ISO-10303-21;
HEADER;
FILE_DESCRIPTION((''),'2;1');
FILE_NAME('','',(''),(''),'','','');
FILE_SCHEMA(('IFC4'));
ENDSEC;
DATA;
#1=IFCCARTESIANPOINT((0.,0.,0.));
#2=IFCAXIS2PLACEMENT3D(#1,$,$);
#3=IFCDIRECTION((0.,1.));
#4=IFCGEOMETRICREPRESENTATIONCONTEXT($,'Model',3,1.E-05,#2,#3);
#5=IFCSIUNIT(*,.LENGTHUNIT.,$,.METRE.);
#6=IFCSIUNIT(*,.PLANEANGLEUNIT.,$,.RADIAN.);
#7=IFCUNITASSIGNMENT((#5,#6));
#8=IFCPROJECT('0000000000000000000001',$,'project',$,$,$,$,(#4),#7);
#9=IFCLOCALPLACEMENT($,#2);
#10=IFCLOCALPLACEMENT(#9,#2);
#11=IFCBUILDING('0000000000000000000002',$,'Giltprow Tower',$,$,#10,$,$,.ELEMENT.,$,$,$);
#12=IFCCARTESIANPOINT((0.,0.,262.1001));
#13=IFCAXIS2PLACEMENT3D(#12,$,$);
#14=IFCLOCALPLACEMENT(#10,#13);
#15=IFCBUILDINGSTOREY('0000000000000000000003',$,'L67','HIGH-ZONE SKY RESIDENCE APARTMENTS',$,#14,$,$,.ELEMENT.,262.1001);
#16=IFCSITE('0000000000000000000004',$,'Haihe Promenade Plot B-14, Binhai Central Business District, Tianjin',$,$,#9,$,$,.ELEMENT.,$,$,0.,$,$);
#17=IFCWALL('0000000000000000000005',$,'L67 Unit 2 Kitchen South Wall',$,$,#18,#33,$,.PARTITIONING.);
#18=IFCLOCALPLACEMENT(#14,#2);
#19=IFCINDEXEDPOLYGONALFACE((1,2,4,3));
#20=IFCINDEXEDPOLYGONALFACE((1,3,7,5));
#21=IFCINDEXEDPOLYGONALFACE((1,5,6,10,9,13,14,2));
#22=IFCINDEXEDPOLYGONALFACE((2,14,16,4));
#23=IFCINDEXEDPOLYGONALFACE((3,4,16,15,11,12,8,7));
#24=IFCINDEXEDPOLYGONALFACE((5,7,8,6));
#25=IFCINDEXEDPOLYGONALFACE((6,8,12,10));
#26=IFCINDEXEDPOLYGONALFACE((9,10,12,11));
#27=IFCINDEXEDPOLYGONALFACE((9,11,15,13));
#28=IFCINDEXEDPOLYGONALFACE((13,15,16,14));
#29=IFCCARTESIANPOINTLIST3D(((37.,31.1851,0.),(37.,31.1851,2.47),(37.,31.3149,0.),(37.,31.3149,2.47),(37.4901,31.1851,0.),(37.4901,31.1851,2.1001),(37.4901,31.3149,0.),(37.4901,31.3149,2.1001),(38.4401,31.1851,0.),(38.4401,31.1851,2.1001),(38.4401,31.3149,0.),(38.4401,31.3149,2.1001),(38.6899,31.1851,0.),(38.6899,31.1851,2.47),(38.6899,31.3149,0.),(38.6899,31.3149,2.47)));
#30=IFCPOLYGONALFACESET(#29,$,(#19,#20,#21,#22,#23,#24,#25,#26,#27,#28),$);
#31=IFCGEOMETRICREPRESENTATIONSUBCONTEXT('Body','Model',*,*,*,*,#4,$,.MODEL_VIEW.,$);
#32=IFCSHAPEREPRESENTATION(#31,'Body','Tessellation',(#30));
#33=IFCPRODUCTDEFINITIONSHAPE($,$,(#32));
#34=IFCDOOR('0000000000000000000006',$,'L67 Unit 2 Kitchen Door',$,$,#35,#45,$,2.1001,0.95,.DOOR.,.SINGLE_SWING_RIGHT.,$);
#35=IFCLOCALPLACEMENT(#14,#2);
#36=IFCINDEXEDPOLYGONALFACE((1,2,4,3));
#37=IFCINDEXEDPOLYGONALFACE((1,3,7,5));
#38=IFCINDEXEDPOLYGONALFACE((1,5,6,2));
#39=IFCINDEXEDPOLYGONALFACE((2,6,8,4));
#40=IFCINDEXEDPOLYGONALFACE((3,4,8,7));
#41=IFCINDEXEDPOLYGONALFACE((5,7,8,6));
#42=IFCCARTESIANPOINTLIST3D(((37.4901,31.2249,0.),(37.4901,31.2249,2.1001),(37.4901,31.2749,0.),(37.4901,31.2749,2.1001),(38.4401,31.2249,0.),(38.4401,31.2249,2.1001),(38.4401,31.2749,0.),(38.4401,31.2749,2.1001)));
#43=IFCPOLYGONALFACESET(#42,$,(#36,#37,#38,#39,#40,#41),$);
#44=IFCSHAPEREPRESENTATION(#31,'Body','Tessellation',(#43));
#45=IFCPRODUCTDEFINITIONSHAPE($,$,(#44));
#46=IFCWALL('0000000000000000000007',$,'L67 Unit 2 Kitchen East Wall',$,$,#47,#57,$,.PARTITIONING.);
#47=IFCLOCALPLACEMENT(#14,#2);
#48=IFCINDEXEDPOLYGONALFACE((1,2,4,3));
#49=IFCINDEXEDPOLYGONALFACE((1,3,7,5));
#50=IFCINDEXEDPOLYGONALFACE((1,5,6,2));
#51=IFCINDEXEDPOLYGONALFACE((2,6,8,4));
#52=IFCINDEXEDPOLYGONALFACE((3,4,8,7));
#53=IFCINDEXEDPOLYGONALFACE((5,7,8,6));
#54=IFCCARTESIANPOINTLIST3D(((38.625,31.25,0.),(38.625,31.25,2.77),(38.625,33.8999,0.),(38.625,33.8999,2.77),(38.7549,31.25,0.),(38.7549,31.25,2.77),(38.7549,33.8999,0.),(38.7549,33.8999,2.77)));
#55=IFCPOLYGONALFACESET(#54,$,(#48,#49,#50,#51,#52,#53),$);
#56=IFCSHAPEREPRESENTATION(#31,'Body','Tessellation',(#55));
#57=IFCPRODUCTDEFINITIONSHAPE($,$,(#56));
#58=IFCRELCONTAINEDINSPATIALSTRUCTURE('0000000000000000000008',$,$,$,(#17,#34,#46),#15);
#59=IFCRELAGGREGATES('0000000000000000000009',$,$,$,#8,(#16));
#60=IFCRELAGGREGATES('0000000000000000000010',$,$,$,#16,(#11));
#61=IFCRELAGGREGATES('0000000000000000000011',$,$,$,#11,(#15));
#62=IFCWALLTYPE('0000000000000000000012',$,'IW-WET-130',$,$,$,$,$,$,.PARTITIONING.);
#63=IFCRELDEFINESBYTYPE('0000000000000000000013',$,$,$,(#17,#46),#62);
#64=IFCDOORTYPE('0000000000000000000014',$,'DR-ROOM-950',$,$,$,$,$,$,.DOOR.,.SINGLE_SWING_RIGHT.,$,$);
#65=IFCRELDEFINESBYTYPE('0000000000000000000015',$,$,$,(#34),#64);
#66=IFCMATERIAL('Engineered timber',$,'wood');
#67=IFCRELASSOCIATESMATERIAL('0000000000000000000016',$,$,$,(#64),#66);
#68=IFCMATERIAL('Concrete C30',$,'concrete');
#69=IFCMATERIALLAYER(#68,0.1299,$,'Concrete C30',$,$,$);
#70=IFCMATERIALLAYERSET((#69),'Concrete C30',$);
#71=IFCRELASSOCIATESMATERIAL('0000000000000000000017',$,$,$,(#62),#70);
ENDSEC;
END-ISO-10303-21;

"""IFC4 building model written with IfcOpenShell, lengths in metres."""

from ifc_helpers import new_model, si_unit, direction, frame, frame_2d, origin, place, context, subcontext, project, spatial, rectangle, extrude, source, transform, mapped, material, layer, layer_set, type_object, element, fill, save


model = new_model("IFC4")

# Units and contexts
model_context = context("Model", 3, precision=1e-05, world=origin(), true_north=direction((0.0, 1.0)))
body_context = subcontext(model_context, "Body", "Model", "MODEL_VIEW")
ifc_project = project(units=[si_unit("LENGTHUNIT", "METRE"), si_unit("PLANEANGLEUNIT", "RADIAN")], contexts=[model_context])

# Site, building, storey
site_placement = place(None, origin())
site = spatial("IfcSite", under=ifc_project, at=site_placement, Name="Haihe Promenade Plot B-14, Binhai Central Business District, Tianjin", CompositionType="ELEMENT", RefElevation=0.0)
building_placement = place(site_placement, origin())
building = spatial("IfcBuilding", under=site, at=building_placement, Name="Giltprow Tower", CompositionType="ELEMENT")
storey_placement = place(building_placement, frame((0.0, 0.0, 262.1001)))
storey = spatial("IfcBuildingStorey", under=building, at=storey_placement, Name="L67", Description="HIGH-ZONE SKY RESIDENCE APARTMENTS", CompositionType="ELEMENT", Elevation=262.1001)

# Wall, opening, door
ifc_material_1 = material(Name="Engineered timber", Category="wood")
door_type = type_object("IfcDoorType", Name="DR-ROOM-950", OperationType="SINGLE_SWING_RIGHT", PredefinedType="DOOR", material=ifc_material_1)
shared_shape_1 = source(origin(), body_context, "Body", "SweptSolid", [
    extrude(rectangle(XDim=0.95, YDim=2.1001, at=frame_2d((0.4751, 1.05))), frame((0.0, 0.0249, 0.0), z_axis=(0.0, -1.0, 0.0), x_axis=(1.0, 0.0, 0.0)), (0.0, 0.0, 1.0), 0.05),
])
ifc_material_2 = material(Name="Concrete C30", Category="concrete")
ifc_layer_1 = layer(ifc_material_2, 0.1299, Name="Concrete C30")
ifc_layer_set_1 = layer_set([ifc_layer_1], Name="Concrete C30")
wall_type_1 = type_object("IfcWallType", Name="IW-WET-130", PredefinedType="PARTITIONING", material=ifc_layer_set_1)
wall_1_placement = place(storey_placement, frame((37.0, 31.25, 0.0), z_axis=(0.0, 0.0, 1.0), x_axis=(1.0, 0.0, 0.0)))
wall_1 = element("IfcWall", 1, at=wall_1_placement, inside=storey, type_object=wall_type_1, Name="L67 Unit 2 Kitchen South Wall", PredefinedType="PARTITIONING", context=body_context, shape_type="SweptSolid", body=[
    extrude(rectangle(XDim=1.6899, YDim=0.1299, at=frame_2d((0.845, 0.0))), origin(), (0.0, 0.0, 1.0), 2.47),
])
opening_1_placement = place(wall_1_placement, frame((0.49, 0.0, 0.0)))
opening_1 = element("IfcOpeningElement", 2, at=opening_1_placement, cuts=wall_1, PredefinedType="OPENING", context=body_context, shape_type="SweptSolid", body=[
    extrude(rectangle(XDim=0.95, YDim=2.1001, at=frame_2d((0.4751, 1.05))), frame((0.0, 0.075, 0.0), z_axis=(0.0, -1.0, 0.0), x_axis=(1.0, 0.0, 0.0)), (0.0, 0.0, 1.0), 0.1499),
])
door_1_placement = place(opening_1_placement, origin())
door_1 = element("IfcDoor", 3, at=door_1_placement, inside=storey, type_object=door_type, Name="L67 Unit 2 Kitchen Door", OperationType="SINGLE_SWING_RIGHT", OverallHeight=2.1001, OverallWidth=0.95, PredefinedType="DOOR", context=body_context, shape_type="MappedRepresentation", body=[
    mapped(shared_shape_1, transform((0.0, 0.0, 0.0), x_axis=(1.0, 0.0, 0.0), y_axis=(0.0, 1.0, 0.0), z_axis=(0.0, 0.0, 1.0), scale=1.0)),
])
fill(opening_1, door_1)

# Wall
wall_2_placement = place(storey_placement, frame((38.6899, 31.25, 0.0), z_axis=(0.0, 0.0, 1.0), x_axis=(0.0, 1.0, 0.0)))
element("IfcWall", 4, at=wall_2_placement, inside=storey, type_object=wall_type_1, Name="L67 Unit 2 Kitchen East Wall", PredefinedType="PARTITIONING", context=body_context, shape_type="SweptSolid", body=[
    extrude(rectangle(XDim=2.6499, YDim=0.1299, at=frame_2d((1.325, 0.0))), origin(), (0.0, 0.0, 1.0), 2.77),
])

save(model, "model.ifc")
